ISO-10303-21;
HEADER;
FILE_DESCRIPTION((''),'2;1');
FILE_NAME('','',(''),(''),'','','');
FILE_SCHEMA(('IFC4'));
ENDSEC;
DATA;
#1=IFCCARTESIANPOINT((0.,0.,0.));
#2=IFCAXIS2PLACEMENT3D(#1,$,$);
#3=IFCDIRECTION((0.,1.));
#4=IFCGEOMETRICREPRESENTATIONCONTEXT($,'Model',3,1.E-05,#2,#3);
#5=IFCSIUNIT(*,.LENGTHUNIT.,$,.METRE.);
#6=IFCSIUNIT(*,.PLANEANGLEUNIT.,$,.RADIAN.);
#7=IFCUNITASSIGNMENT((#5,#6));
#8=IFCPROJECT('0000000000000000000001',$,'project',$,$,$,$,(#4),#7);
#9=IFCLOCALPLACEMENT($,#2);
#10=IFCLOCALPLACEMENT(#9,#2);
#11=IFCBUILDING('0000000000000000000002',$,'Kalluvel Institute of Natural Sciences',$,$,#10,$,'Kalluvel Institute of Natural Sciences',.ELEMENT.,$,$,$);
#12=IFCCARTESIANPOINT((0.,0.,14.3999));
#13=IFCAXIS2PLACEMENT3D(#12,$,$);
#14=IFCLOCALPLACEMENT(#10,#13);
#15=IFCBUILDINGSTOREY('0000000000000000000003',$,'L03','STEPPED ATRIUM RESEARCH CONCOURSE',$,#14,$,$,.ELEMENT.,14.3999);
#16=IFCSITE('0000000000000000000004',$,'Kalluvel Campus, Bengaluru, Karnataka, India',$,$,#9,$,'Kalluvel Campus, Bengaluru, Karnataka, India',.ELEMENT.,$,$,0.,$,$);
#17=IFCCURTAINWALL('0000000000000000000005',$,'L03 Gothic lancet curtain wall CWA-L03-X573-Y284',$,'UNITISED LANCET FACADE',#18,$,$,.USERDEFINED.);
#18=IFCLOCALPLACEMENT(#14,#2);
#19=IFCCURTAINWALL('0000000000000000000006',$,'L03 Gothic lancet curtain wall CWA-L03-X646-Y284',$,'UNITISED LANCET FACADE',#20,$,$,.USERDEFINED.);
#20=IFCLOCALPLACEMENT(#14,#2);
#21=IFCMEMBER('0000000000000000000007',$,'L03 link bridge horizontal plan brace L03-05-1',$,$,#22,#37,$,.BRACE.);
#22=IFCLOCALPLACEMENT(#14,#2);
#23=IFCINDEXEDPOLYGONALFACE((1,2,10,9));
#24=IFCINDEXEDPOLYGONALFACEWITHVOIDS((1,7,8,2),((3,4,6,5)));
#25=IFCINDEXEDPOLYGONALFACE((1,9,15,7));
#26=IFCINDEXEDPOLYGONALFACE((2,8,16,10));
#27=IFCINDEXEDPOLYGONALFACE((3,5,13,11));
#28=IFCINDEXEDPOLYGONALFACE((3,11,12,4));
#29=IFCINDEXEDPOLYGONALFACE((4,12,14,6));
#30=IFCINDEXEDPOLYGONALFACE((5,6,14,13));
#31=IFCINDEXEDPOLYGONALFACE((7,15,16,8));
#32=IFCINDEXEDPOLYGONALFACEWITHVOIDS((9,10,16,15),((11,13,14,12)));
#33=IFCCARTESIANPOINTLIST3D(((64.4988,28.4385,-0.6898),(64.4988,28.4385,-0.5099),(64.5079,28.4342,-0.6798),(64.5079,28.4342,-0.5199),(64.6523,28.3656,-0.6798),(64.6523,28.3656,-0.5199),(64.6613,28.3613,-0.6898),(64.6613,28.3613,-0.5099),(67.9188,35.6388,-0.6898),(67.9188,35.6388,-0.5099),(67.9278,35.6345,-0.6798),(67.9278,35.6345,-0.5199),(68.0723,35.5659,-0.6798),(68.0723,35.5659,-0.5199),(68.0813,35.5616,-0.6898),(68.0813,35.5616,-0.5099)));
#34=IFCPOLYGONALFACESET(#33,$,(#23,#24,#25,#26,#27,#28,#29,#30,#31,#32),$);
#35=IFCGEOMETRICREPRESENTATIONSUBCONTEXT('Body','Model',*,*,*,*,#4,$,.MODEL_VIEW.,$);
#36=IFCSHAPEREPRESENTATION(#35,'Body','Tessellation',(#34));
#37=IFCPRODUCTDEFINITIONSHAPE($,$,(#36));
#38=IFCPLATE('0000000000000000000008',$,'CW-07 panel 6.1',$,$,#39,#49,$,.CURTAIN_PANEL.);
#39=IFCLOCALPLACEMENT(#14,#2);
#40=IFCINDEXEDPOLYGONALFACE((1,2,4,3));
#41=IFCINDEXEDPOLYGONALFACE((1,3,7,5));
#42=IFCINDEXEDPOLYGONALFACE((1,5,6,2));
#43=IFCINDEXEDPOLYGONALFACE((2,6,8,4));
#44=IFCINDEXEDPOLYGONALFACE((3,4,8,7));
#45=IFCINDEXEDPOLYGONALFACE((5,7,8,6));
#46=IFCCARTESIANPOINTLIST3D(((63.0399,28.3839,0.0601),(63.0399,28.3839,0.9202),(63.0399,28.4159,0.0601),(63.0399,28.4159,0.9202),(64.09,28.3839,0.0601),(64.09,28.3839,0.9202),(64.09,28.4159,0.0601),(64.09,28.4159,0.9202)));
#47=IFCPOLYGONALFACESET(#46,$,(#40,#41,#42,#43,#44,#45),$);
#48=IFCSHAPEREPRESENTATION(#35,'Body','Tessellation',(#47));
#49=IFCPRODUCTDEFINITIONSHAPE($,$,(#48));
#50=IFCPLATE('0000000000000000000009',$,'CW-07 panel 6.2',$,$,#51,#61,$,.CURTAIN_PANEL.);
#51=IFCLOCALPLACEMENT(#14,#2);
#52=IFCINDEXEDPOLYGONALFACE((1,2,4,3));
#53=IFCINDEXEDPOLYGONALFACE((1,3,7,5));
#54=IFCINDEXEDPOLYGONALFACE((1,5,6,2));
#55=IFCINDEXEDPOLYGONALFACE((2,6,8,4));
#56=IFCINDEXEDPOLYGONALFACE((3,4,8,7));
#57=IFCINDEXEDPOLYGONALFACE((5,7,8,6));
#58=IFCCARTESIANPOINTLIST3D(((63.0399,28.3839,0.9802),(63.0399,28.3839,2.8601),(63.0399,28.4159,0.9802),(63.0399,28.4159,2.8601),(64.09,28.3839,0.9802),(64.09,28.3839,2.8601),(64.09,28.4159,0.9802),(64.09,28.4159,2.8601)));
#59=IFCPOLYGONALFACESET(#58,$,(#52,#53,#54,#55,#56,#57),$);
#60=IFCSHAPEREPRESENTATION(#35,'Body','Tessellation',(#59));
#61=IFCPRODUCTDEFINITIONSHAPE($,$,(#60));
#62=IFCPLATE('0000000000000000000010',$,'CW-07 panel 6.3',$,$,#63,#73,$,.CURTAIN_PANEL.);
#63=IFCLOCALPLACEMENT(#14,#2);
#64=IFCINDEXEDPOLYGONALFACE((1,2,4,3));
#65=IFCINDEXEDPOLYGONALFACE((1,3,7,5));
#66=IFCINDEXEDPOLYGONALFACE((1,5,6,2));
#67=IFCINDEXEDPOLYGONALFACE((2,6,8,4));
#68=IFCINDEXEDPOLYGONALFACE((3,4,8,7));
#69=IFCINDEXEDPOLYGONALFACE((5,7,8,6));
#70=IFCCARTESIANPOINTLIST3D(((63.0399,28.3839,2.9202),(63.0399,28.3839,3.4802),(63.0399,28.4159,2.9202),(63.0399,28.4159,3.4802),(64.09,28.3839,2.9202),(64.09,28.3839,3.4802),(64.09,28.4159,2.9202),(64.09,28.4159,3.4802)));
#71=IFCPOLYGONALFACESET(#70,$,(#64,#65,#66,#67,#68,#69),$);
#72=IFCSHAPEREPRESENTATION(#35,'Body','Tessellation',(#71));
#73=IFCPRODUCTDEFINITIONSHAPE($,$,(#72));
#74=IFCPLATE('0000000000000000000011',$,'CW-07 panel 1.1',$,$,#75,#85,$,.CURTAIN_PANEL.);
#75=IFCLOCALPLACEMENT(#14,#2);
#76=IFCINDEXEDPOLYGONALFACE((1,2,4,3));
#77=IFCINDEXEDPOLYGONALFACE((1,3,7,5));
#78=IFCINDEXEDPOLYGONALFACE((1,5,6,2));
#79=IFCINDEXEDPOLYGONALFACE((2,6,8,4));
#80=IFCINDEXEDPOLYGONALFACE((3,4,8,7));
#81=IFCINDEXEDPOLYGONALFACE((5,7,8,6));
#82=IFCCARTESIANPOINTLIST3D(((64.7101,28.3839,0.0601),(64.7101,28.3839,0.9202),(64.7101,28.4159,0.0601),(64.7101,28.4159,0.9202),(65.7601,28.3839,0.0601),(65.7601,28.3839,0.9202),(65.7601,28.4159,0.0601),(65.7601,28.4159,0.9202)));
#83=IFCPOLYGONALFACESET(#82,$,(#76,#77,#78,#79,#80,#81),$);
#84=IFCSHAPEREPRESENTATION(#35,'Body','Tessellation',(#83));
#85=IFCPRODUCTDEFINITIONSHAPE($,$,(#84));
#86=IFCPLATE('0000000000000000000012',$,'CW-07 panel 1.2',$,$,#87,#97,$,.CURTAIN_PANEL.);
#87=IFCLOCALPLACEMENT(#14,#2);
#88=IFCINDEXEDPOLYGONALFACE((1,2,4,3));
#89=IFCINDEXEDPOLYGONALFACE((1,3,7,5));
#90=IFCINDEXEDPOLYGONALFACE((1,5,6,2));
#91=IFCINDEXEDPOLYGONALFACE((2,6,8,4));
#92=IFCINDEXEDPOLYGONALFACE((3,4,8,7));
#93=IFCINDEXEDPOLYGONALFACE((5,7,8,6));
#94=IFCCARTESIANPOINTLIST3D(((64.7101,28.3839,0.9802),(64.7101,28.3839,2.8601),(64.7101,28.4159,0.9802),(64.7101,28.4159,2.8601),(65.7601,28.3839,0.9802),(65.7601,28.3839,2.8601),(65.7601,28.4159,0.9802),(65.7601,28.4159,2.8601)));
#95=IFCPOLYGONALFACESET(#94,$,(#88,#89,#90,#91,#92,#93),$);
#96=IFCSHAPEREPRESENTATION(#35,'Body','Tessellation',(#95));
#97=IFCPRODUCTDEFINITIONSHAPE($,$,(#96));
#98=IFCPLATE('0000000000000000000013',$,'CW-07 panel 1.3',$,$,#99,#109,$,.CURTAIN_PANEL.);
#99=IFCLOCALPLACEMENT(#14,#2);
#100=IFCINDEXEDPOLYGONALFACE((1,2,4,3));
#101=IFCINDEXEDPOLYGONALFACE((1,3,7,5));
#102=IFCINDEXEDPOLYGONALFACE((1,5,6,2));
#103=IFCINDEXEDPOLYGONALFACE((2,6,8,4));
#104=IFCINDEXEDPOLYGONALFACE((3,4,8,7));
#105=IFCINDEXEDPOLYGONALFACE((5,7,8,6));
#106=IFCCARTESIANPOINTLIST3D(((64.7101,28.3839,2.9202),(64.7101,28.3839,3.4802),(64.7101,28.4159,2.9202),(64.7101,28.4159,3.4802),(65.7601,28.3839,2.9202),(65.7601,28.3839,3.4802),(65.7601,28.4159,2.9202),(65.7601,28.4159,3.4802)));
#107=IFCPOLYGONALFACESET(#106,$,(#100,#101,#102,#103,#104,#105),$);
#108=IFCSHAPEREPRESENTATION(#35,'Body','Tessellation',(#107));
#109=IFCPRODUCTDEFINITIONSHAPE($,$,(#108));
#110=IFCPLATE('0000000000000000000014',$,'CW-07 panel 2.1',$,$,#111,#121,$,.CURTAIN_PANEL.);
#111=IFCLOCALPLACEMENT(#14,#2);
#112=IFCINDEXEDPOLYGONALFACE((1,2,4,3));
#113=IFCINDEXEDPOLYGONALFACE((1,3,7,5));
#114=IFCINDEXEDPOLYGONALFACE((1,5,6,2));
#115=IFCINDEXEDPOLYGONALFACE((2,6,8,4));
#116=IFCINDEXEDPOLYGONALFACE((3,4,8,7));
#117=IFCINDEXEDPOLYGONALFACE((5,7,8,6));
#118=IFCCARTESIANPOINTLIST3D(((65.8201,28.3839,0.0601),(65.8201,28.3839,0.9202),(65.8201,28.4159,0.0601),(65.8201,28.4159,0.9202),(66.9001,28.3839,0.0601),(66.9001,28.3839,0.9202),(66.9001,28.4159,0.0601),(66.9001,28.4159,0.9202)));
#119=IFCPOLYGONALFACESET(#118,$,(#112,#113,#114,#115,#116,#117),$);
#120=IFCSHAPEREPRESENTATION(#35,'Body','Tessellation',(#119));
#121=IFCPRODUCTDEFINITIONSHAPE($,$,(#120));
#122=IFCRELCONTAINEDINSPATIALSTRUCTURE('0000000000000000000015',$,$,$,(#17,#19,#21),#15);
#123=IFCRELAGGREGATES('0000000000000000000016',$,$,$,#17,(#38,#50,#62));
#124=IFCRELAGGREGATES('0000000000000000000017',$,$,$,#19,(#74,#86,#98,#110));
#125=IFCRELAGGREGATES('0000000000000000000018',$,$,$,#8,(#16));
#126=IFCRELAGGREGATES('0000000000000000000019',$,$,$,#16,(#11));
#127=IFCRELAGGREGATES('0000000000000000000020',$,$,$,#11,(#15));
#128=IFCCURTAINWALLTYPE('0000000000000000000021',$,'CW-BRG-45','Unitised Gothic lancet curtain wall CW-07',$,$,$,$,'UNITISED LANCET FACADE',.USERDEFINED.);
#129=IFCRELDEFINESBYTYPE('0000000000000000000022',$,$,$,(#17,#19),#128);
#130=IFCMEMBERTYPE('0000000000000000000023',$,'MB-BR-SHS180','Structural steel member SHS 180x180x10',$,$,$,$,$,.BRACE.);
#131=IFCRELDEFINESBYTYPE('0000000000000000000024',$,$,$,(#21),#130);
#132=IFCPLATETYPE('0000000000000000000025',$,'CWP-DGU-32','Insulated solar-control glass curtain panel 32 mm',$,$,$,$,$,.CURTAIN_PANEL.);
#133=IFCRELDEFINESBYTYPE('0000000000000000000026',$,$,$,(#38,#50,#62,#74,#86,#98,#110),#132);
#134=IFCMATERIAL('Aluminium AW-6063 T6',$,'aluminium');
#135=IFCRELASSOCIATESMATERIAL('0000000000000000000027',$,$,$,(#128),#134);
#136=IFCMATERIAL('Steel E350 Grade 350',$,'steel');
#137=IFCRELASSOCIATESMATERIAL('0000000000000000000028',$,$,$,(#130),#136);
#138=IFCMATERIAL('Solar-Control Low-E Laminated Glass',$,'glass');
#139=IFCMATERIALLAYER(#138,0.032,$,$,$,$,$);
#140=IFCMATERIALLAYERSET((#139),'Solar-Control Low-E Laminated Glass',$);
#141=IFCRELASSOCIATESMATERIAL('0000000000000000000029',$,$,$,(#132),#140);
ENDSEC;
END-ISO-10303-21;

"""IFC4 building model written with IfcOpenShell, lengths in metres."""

from ifc_helpers import new_model, si_unit, direction, frame, origin, origin_2d, place, context, subcontext, project, spatial, rectangle, hollow_rectangle, extrude, material, layer, layer_set, material_profile, profile_set, type_object, element, aggregate, save


model = new_model("IFC4")

# Units and contexts
model_context = context("Model", 3, precision=1e-05, world=origin(), true_north=direction((0.0, 1.0)))
body_context = subcontext(model_context, "Body", "Model", "MODEL_VIEW")
ifc_project = project(units=[si_unit("LENGTHUNIT", "METRE"), si_unit("PLANEANGLEUNIT", "RADIAN")], contexts=[model_context])

# Site, building, storey
site_placement = place(None, origin())
site = spatial("IfcSite", under=ifc_project, at=site_placement, Name="Kalluvel Campus, Bengaluru, Karnataka, India", LongName="Kalluvel Campus, Bengaluru, Karnataka, India", CompositionType="ELEMENT", RefElevation=0.0)
building_placement = place(site_placement, origin())
building = spatial("IfcBuilding", under=site, at=building_placement, Name="Kalluvel Institute of Natural Sciences", LongName="Kalluvel Institute of Natural Sciences", CompositionType="ELEMENT")
storey_placement = place(building_placement, frame((0.0, 0.0, 14.3999)))
storey = spatial("IfcBuildingStorey", under=building, at=storey_placement, Name="L03", Description="STEPPED ATRIUM RESEARCH CONCOURSE", CompositionType="ELEMENT", Elevation=14.3999)

# Shared definitions
ifc_material_1 = material(Name="Steel E350 Grade 350", Category="steel")

# Curtain walls
ifc_material_2 = material(Name="Aluminium AW-6063 T6", Category="aluminium")
curtain_wall_type = type_object("IfcCurtainWallType", Name="CW-BRG-45", Description="Unitised Gothic lancet curtain wall CW-07", ElementType="UNITISED LANCET FACADE", PredefinedType="USERDEFINED", material=ifc_material_2)
curtain_wall_1_placement = place(storey_placement, origin())
curtain_wall_1 = element("IfcCurtainWall", 1, at=curtain_wall_1_placement, inside=storey, type_object=curtain_wall_type, Name="L03 Gothic lancet curtain wall CWA-L03-X573-Y284", ObjectType="UNITISED LANCET FACADE", PredefinedType="USERDEFINED")
curtain_wall_2_placement = place(storey_placement, origin())
curtain_wall_2 = element("IfcCurtainWall", 2, at=curtain_wall_2_placement, inside=storey, type_object=curtain_wall_type, Name="L03 Gothic lancet curtain wall CWA-L03-X646-Y284", ObjectType="UNITISED LANCET FACADE", PredefinedType="USERDEFINED")

# Member
ifc_material_profile_1 = material_profile(ifc_material_1, hollow_rectangle(XDim=0.1799, YDim=0.1799, WallThickness=0.01, at=origin_2d()), Name="SHS 180x180x10")
ifc_profile_set_1 = profile_set([ifc_material_profile_1], Name="Steel E350 Grade 350")
member_type_1 = type_object("IfcMemberType", Name="MB-BR-SHS180", Description="Structural steel member SHS 180x180x10", PredefinedType="BRACE", material=ifc_profile_set_1)
member_1_placement = place(storey_placement, frame((64.5801, 28.3999, -0.5999), z_axis=(0.429039, 0.903286, 0.0), x_axis=(-0.903286, 0.429039, 0.0)))
element("IfcMember", 3, at=member_1_placement, inside=storey, type_object=member_type_1, Name="L03 link bridge horizontal plan brace L03-05-1", PredefinedType="BRACE", context=body_context, shape_type="SweptSolid", body=[
    extrude(hollow_rectangle(XDim=0.1799, YDim=0.1799, WallThickness=0.01, at=origin_2d()), origin(), (0.0, 0.0, 1.0), 7.9712),
])

# Plates
ifc_material_3 = material(Name="Solar-Control Low-E Laminated Glass", Category="glass")
ifc_layer = layer(ifc_material_3, 0.032)
ifc_layer_set = layer_set([ifc_layer], Name="Solar-Control Low-E Laminated Glass")
plate_type = type_object("IfcPlateType", Name="CWP-DGU-32", Description="Insulated solar-control glass curtain panel 32 mm", PredefinedType="CURTAIN_PANEL", material=ifc_layer_set)
plate_1_placement = place(storey_placement, frame((63.5649, 28.3999, 0.0601), z_axis=(0.0, 0.0, 1.0), x_axis=(1.0, 0.0, 0.0)))
plate_1 = element("IfcPlate", 4, at=plate_1_placement, type_object=plate_type, Name="CW-07 panel 6.1", PredefinedType="CURTAIN_PANEL", context=body_context, shape_type="SweptSolid", body=[
    extrude(rectangle(XDim=1.05, YDim=0.032, at=origin_2d()), origin(), (0.0, 0.0, 1.0), 0.8601),
])
plate_2_placement = place(storey_placement, frame((63.5649, 28.3999, 0.9802), z_axis=(0.0, 0.0, 1.0), x_axis=(1.0, 0.0, 0.0)))
plate_2 = element("IfcPlate", 5, at=plate_2_placement, type_object=plate_type, Name="CW-07 panel 6.2", PredefinedType="CURTAIN_PANEL", context=body_context, shape_type="SweptSolid", body=[
    extrude(rectangle(XDim=1.05, YDim=0.032, at=origin_2d()), origin(), (0.0, 0.0, 1.0), 1.8799),
])
plate_3_placement = place(storey_placement, frame((63.5649, 28.3999, 2.9202), z_axis=(0.0, 0.0, 1.0), x_axis=(1.0, 0.0, 0.0)))
plate_3 = element("IfcPlate", 6, at=plate_3_placement, type_object=plate_type, Name="CW-07 panel 6.3", PredefinedType="CURTAIN_PANEL", context=body_context, shape_type="SweptSolid", body=[
    extrude(rectangle(XDim=1.05, YDim=0.032, at=origin_2d()), origin(), (0.0, 0.0, 1.0), 0.5601),
])
aggregate(curtain_wall_1, [plate_1, plate_2, plate_3])
plate_4_placement = place(storey_placement, frame((65.2351, 28.3999, 0.0601), z_axis=(0.0, 0.0, 1.0), x_axis=(1.0, 0.0, 0.0)))
plate_4 = element("IfcPlate", 7, at=plate_4_placement, type_object=plate_type, Name="CW-07 panel 1.1", PredefinedType="CURTAIN_PANEL", context=body_context, shape_type="SweptSolid", body=[
    extrude(rectangle(XDim=1.05, YDim=0.032, at=origin_2d()), origin(), (0.0, 0.0, 1.0), 0.8601),
])
plate_5_placement = place(storey_placement, frame((65.2351, 28.3999, 0.9802), z_axis=(0.0, 0.0, 1.0), x_axis=(1.0, 0.0, 0.0)))
plate_5 = element("IfcPlate", 8, at=plate_5_placement, type_object=plate_type, Name="CW-07 panel 1.2", PredefinedType="CURTAIN_PANEL", context=body_context, shape_type="SweptSolid", body=[
    extrude(rectangle(XDim=1.05, YDim=0.032, at=origin_2d()), origin(), (0.0, 0.0, 1.0), 1.8799),
])
plate_6_placement = place(storey_placement, frame((65.2351, 28.3999, 2.9202), z_axis=(0.0, 0.0, 1.0), x_axis=(1.0, 0.0, 0.0)))
plate_6 = element("IfcPlate", 9, at=plate_6_placement, type_object=plate_type, Name="CW-07 panel 1.3", PredefinedType="CURTAIN_PANEL", context=body_context, shape_type="SweptSolid", body=[
    extrude(rectangle(XDim=1.05, YDim=0.032, at=origin_2d()), origin(), (0.0, 0.0, 1.0), 0.5601),
])
plate_7_placement = place(storey_placement, frame((66.3601, 28.3999, 0.0601), z_axis=(0.0, 0.0, 1.0), x_axis=(1.0, 0.0, 0.0)))
plate_7 = element("IfcPlate", 10, at=plate_7_placement, type_object=plate_type, Name="CW-07 panel 2.1", PredefinedType="CURTAIN_PANEL", context=body_context, shape_type="SweptSolid", body=[
    extrude(rectangle(XDim=1.0801, YDim=0.032, at=origin_2d()), origin(), (0.0, 0.0, 1.0), 0.8601),
])
aggregate(curtain_wall_2, [plate_4, plate_5, plate_6, plate_7])

save(model, "model.ifc")
